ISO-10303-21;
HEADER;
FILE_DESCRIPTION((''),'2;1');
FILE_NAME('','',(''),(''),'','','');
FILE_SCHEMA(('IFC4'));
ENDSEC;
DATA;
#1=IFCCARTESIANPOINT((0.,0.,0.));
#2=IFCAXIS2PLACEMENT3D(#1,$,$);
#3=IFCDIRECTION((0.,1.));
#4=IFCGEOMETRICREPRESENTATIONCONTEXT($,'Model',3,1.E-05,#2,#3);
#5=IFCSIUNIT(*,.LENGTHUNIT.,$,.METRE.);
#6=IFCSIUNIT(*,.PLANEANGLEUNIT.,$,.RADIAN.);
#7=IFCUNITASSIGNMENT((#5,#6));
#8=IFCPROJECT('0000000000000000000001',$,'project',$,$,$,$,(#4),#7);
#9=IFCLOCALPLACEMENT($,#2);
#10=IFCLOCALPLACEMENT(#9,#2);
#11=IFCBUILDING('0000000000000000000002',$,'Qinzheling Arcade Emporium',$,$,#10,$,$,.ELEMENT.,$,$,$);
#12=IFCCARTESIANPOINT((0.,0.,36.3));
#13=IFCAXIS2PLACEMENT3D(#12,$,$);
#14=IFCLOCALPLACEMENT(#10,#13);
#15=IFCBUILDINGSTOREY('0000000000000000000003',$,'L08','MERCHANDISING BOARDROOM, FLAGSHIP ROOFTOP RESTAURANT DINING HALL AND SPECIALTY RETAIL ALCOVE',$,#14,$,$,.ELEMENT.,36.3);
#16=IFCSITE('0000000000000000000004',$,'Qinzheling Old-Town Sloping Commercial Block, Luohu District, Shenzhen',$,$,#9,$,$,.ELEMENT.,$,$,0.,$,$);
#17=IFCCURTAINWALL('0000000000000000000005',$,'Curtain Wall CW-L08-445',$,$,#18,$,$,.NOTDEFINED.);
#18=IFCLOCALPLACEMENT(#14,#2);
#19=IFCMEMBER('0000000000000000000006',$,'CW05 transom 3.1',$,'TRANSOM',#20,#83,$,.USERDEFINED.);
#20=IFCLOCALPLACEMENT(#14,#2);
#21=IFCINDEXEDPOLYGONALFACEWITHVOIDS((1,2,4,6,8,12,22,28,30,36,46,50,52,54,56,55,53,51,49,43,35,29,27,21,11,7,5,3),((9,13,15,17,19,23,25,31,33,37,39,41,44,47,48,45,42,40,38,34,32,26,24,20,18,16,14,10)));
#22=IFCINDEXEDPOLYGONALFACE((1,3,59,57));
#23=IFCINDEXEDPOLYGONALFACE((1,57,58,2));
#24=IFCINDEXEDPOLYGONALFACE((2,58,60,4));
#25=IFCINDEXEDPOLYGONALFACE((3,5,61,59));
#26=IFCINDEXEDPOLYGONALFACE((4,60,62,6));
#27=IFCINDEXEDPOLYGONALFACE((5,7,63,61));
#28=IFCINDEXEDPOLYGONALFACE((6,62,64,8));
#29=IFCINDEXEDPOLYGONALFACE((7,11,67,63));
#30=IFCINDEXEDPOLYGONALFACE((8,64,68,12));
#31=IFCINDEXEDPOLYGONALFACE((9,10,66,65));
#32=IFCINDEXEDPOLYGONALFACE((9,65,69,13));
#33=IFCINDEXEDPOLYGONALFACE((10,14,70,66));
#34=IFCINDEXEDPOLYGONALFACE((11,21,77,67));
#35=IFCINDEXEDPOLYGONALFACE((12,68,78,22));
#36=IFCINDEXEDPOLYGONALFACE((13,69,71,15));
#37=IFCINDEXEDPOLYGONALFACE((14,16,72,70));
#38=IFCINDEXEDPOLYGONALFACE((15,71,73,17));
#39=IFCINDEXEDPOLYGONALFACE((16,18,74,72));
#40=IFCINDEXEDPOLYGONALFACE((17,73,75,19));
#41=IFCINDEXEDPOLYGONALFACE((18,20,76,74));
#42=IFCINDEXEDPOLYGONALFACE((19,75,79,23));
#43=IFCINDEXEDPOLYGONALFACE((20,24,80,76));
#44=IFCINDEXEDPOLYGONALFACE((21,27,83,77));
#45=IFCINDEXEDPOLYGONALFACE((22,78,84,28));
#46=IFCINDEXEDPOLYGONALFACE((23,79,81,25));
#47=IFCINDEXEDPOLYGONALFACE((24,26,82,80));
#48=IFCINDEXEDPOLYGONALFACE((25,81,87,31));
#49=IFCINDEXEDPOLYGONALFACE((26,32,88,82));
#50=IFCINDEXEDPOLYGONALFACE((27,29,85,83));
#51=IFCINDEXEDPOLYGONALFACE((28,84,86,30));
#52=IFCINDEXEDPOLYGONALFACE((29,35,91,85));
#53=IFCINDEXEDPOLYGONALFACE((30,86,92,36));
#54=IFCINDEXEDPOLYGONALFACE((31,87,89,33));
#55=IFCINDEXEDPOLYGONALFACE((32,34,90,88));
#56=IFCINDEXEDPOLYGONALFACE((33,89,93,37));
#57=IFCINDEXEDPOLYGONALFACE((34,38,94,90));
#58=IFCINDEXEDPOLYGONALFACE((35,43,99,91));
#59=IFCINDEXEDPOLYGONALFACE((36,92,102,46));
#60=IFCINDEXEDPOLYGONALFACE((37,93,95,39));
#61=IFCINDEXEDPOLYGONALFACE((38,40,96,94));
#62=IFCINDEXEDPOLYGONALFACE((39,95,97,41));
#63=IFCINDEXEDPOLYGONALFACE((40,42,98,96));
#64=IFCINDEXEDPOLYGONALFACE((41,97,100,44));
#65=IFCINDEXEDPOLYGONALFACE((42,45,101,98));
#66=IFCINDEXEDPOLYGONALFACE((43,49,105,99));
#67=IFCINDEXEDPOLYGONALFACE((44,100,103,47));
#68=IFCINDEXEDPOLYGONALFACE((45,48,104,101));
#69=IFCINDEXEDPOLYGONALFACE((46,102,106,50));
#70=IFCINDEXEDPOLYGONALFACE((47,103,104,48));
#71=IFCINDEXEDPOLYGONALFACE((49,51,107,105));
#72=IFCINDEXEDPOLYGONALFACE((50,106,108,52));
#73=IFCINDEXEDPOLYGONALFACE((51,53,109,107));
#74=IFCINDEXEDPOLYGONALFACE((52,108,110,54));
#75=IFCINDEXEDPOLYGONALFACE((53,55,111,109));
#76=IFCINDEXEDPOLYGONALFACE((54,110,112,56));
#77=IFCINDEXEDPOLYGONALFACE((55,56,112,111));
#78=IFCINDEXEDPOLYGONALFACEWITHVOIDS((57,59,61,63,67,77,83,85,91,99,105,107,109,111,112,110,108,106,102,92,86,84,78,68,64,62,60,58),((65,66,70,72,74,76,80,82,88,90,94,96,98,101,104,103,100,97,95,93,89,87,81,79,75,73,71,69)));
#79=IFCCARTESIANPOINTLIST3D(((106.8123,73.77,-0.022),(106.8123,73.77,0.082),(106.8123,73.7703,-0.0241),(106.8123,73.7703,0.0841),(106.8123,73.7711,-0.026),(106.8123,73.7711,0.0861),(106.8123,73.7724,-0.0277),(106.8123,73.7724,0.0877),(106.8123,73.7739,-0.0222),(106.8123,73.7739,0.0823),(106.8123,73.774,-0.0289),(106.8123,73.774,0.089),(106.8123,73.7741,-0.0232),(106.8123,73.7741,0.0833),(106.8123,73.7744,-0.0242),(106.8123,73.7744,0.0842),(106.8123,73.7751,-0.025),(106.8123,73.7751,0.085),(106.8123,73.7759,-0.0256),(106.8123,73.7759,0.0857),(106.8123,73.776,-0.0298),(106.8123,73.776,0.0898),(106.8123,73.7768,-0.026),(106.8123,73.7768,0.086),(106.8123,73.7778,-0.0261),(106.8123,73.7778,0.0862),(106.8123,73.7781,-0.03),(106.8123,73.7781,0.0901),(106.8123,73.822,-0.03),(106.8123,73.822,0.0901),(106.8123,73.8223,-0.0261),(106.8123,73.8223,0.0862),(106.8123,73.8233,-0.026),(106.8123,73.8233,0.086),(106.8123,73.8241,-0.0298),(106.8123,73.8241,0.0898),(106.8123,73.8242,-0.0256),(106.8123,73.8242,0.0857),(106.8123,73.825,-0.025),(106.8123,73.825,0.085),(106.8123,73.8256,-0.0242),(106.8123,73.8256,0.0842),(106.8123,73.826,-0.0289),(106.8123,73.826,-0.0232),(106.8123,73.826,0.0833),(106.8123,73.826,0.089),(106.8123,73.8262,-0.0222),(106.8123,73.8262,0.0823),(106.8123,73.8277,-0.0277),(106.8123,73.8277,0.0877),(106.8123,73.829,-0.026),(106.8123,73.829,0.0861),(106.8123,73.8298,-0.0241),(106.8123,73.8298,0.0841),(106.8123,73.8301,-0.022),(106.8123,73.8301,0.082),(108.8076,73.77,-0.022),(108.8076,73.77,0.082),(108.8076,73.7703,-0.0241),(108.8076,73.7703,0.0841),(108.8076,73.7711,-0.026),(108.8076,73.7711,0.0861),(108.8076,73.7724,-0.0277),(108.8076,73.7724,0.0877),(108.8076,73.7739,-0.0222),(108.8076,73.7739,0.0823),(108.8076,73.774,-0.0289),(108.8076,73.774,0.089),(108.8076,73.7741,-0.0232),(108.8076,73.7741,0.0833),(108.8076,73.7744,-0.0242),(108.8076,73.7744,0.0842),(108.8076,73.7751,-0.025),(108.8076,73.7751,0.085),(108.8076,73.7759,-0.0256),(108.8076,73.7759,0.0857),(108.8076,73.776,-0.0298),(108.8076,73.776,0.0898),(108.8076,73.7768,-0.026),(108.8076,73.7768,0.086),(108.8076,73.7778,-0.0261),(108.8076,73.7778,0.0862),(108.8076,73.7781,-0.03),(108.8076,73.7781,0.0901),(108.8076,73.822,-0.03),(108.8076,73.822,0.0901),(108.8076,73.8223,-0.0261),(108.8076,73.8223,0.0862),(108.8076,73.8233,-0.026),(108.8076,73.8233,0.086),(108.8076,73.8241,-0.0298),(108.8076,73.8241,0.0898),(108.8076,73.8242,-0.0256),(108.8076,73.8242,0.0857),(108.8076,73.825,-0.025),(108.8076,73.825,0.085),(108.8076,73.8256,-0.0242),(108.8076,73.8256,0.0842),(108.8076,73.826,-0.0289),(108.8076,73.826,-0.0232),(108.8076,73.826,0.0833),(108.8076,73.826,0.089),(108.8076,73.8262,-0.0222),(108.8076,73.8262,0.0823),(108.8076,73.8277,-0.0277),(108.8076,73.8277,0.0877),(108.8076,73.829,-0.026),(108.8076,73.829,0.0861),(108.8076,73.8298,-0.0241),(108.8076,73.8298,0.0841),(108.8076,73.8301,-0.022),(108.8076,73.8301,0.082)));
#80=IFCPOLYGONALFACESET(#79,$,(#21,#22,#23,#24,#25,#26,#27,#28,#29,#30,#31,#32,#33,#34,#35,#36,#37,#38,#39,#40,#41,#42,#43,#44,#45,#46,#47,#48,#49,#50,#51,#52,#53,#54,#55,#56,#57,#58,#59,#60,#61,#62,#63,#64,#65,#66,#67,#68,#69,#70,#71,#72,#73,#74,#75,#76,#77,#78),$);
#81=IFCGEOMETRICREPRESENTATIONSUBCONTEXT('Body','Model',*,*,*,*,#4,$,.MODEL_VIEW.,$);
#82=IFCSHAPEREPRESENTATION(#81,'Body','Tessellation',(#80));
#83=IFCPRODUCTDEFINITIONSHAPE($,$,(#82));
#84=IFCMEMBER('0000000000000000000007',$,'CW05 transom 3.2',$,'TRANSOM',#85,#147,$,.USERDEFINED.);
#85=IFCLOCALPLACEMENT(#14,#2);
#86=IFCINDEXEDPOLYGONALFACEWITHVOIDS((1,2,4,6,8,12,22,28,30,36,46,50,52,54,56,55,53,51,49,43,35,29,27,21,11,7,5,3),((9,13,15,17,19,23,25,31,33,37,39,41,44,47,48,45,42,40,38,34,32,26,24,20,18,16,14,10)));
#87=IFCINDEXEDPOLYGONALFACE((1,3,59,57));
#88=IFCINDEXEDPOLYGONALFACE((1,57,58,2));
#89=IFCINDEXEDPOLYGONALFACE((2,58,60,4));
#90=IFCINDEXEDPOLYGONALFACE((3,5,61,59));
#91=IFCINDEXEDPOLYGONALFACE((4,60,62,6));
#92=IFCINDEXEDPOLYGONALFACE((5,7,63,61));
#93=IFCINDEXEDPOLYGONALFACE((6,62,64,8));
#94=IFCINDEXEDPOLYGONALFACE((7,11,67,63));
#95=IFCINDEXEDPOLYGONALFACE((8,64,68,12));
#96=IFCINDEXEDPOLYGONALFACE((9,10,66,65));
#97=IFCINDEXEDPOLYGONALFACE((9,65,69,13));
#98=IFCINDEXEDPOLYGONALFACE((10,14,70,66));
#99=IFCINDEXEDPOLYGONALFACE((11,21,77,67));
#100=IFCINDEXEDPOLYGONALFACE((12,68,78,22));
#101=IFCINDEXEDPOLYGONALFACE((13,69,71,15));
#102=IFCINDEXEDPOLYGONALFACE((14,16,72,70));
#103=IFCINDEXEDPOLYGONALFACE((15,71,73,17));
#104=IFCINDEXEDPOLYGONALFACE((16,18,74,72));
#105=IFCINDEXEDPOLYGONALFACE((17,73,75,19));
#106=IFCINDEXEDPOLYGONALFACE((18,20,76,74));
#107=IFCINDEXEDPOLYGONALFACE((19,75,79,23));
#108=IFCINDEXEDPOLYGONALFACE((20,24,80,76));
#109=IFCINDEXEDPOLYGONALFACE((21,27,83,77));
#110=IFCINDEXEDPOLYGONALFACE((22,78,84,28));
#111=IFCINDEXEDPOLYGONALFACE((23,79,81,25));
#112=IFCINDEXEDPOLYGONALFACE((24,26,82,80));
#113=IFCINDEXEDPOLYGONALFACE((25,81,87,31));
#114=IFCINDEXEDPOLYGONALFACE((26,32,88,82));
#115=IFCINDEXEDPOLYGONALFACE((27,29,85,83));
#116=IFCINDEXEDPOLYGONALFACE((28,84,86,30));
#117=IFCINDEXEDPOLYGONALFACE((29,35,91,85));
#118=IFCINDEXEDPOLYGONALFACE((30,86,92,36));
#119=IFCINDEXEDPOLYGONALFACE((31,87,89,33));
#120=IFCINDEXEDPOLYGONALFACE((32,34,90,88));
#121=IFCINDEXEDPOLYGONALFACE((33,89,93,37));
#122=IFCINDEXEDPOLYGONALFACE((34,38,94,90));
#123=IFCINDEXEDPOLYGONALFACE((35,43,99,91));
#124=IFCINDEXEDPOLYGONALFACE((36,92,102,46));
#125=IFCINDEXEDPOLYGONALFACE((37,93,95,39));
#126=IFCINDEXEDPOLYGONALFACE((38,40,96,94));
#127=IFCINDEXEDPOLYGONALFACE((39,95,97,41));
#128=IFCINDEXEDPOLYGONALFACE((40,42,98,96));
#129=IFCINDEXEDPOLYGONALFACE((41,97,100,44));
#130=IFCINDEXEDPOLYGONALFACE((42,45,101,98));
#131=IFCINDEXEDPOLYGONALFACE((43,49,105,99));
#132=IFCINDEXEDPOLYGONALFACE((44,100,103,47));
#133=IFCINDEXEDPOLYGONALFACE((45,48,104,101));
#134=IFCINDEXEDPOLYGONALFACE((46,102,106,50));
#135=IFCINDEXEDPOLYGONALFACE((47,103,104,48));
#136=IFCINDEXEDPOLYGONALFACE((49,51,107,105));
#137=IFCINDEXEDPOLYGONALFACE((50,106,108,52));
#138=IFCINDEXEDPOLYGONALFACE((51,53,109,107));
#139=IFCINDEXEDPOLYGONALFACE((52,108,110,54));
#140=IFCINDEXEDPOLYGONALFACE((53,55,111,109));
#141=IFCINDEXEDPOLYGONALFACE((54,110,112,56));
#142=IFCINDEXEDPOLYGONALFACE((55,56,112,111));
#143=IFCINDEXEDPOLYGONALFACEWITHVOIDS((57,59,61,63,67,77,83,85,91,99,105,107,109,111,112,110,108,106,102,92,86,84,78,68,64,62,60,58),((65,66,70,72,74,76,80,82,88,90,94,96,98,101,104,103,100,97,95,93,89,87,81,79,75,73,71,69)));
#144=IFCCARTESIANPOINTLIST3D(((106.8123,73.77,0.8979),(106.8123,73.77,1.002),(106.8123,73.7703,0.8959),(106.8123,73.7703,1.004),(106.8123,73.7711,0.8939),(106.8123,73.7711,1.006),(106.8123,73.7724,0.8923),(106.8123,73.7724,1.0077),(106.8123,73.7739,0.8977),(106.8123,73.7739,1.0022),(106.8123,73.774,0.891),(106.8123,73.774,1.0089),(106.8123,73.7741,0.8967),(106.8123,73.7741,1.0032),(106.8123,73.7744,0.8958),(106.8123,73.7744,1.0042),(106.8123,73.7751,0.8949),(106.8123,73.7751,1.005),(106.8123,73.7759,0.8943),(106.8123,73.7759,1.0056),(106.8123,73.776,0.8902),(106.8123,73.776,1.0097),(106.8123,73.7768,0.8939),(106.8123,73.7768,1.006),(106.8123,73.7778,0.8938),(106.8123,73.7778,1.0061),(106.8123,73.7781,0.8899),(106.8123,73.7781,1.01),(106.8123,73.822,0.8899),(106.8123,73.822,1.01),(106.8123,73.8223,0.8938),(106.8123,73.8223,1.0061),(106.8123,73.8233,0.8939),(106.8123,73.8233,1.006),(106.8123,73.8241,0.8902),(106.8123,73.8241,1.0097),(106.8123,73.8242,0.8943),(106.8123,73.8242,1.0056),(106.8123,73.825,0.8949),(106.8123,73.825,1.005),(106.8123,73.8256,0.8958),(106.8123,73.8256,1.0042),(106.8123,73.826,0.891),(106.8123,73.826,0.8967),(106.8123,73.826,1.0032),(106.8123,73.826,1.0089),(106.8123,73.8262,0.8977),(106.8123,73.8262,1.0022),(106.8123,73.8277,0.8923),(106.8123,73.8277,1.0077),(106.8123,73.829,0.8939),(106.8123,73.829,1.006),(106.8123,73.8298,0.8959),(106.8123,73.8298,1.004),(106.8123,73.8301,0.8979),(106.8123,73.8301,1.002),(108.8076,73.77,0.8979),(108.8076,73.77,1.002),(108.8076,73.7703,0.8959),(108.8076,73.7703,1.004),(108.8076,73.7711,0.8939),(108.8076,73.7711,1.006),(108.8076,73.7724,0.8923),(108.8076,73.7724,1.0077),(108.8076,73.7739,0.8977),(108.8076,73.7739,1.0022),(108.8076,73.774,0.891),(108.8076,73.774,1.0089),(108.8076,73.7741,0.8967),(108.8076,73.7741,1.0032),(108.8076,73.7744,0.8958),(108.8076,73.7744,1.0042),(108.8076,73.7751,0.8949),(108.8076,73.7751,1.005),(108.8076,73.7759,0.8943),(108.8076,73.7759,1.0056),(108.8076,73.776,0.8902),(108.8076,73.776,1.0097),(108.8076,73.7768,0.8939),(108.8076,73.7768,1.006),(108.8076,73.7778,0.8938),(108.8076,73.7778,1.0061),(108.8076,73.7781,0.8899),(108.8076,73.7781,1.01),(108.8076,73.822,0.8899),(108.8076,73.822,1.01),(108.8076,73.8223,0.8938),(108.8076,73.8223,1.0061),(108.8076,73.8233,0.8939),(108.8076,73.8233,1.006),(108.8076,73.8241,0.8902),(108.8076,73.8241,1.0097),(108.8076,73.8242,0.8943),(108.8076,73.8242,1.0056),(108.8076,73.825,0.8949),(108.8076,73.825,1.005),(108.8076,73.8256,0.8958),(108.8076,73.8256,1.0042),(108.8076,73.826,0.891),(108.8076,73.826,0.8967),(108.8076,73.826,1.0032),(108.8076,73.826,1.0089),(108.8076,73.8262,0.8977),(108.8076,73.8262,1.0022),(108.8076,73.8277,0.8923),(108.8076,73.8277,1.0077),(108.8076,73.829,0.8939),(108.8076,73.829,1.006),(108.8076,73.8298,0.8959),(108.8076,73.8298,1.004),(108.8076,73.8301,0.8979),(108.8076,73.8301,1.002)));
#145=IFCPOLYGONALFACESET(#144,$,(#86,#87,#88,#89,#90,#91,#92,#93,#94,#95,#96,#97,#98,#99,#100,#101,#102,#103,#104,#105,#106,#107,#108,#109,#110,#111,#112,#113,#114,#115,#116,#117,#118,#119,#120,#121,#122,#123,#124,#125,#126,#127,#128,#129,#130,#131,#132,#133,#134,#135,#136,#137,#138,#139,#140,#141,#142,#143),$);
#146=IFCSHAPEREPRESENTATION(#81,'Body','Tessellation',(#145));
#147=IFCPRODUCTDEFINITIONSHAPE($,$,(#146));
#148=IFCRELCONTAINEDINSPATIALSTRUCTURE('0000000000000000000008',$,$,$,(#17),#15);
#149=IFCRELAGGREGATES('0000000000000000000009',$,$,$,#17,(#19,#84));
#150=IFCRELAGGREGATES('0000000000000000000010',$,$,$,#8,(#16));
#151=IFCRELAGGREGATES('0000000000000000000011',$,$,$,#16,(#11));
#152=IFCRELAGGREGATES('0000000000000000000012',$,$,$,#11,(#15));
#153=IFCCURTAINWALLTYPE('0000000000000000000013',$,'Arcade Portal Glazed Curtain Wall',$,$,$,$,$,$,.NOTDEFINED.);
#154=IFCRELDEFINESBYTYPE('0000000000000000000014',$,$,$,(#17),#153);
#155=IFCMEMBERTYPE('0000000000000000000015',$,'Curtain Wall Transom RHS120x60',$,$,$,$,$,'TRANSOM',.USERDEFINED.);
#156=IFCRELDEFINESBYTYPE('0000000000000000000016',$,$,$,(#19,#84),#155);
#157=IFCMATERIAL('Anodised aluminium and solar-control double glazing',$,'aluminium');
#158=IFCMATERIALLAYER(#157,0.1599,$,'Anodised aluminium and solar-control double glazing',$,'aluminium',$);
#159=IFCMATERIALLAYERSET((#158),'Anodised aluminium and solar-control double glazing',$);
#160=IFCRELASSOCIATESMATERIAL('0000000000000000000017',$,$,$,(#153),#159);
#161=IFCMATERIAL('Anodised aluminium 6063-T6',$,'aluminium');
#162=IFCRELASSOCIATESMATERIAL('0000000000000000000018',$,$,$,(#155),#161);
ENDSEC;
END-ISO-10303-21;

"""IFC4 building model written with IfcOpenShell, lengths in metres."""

from ifc_helpers import new_model, si_unit, direction, frame, origin, origin_2d, place, context, subcontext, project, spatial, hollow_rectangle, extrude, material, layer, layer_set, material_profile, profile_set, type_object, element, aggregate, save


model = new_model("IFC4")

# Units and contexts
model_context = context("Model", 3, precision=1e-05, world=origin(), true_north=direction((0.0, 1.0)))
body_context = subcontext(model_context, "Body", "Model", "MODEL_VIEW")
ifc_project = project(units=[si_unit("LENGTHUNIT", "METRE"), si_unit("PLANEANGLEUNIT", "RADIAN")], contexts=[model_context])

# Site, building, storey
site_placement = place(None, origin())
site = spatial("IfcSite", under=ifc_project, at=site_placement, Name="Qinzheling Old-Town Sloping Commercial Block, Luohu District, Shenzhen", CompositionType="ELEMENT", RefElevation=0.0)
building_placement = place(site_placement, origin())
building = spatial("IfcBuilding", under=site, at=building_placement, Name="Qinzheling Arcade Emporium", CompositionType="ELEMENT")
storey_placement = place(building_placement, frame((0.0, 0.0, 36.3)))
storey = spatial("IfcBuildingStorey", under=building, at=storey_placement, Name="L08", Description="MERCHANDISING BOARDROOM, FLAGSHIP ROOFTOP RESTAURANT DINING HALL AND SPECIALTY RETAIL ALCOVE", CompositionType="ELEMENT", Elevation=36.3)

# Curtain wall, members
ifc_material_1 = material(Name="Anodised aluminium and solar-control double glazing", Category="aluminium")
ifc_layer_1 = layer(ifc_material_1, 0.1599, Name="Anodised aluminium and solar-control double glazing", Category="aluminium")
ifc_layer_set_1 = layer_set([ifc_layer_1], Name="Anodised aluminium and solar-control double glazing")
curtain_wall_type = type_object("IfcCurtainWallType", Name="Arcade Portal Glazed Curtain Wall", PredefinedType="NOTDEFINED", material=ifc_layer_set_1)
curtain_wall_placement = place(storey_placement, origin())
curtain_wall = element("IfcCurtainWall", 1, at=curtain_wall_placement, inside=storey, type_object=curtain_wall_type, Name="Curtain Wall CW-L08-445", PredefinedType="NOTDEFINED")
ifc_material_2 = material(Name="Anodised aluminium 6063-T6", Category="aluminium")
ifc_material_profile_1 = material_profile(ifc_material_2, hollow_rectangle(XDim=0.0601, YDim=0.1201, WallThickness=0.0039, InnerFilletRadius=0.0039, OuterFilletRadius=0.0081, at=origin_2d()), Name="RHS 120x60x4", Category="aluminium")
ifc_profile_set_1 = profile_set([ifc_material_profile_1], Name="Anodised aluminium 6063-T6")
member_type_1 = type_object("IfcMemberType", Name="Curtain Wall Transom RHS120x60", ElementType="TRANSOM", PredefinedType="USERDEFINED", material=ifc_profile_set_1)
member_1_placement = place(storey_placement, frame((108.8076, 73.8, 0.03), z_axis=(-1.0, 0.0, 0.0), x_axis=(0.0, -1.0, 0.0)))
member_1 = element("IfcMember", 2, at=member_1_placement, type_object=member_type_1, Name="CW05 transom 3.1", ObjectType="TRANSOM", PredefinedType="USERDEFINED", context=body_context, shape_type="SweptSolid", body=[
    extrude(hollow_rectangle(XDim=0.0601, YDim=0.1201, WallThickness=0.0039, InnerFilletRadius=0.0039, OuterFilletRadius=0.0081, at=origin_2d()), origin(), (0.0, 0.0, 1.0), 1.9954),
])
member_2_placement = place(storey_placement, frame((108.8076, 73.8, 0.95), z_axis=(-1.0, 0.0, 0.0), x_axis=(0.0, -1.0, 0.0)))
member_2 = element("IfcMember", 3, at=member_2_placement, type_object=member_type_1, Name="CW05 transom 3.2", ObjectType="TRANSOM", PredefinedType="USERDEFINED", context=body_context, shape_type="SweptSolid", body=[
    extrude(hollow_rectangle(XDim=0.0601, YDim=0.1201, WallThickness=0.0039, InnerFilletRadius=0.0039, OuterFilletRadius=0.0081, at=origin_2d()), origin(), (0.0, 0.0, 1.0), 1.9954),
])

aggregate(curtain_wall, [member_1, member_2])

save(model, "model.ifc")
